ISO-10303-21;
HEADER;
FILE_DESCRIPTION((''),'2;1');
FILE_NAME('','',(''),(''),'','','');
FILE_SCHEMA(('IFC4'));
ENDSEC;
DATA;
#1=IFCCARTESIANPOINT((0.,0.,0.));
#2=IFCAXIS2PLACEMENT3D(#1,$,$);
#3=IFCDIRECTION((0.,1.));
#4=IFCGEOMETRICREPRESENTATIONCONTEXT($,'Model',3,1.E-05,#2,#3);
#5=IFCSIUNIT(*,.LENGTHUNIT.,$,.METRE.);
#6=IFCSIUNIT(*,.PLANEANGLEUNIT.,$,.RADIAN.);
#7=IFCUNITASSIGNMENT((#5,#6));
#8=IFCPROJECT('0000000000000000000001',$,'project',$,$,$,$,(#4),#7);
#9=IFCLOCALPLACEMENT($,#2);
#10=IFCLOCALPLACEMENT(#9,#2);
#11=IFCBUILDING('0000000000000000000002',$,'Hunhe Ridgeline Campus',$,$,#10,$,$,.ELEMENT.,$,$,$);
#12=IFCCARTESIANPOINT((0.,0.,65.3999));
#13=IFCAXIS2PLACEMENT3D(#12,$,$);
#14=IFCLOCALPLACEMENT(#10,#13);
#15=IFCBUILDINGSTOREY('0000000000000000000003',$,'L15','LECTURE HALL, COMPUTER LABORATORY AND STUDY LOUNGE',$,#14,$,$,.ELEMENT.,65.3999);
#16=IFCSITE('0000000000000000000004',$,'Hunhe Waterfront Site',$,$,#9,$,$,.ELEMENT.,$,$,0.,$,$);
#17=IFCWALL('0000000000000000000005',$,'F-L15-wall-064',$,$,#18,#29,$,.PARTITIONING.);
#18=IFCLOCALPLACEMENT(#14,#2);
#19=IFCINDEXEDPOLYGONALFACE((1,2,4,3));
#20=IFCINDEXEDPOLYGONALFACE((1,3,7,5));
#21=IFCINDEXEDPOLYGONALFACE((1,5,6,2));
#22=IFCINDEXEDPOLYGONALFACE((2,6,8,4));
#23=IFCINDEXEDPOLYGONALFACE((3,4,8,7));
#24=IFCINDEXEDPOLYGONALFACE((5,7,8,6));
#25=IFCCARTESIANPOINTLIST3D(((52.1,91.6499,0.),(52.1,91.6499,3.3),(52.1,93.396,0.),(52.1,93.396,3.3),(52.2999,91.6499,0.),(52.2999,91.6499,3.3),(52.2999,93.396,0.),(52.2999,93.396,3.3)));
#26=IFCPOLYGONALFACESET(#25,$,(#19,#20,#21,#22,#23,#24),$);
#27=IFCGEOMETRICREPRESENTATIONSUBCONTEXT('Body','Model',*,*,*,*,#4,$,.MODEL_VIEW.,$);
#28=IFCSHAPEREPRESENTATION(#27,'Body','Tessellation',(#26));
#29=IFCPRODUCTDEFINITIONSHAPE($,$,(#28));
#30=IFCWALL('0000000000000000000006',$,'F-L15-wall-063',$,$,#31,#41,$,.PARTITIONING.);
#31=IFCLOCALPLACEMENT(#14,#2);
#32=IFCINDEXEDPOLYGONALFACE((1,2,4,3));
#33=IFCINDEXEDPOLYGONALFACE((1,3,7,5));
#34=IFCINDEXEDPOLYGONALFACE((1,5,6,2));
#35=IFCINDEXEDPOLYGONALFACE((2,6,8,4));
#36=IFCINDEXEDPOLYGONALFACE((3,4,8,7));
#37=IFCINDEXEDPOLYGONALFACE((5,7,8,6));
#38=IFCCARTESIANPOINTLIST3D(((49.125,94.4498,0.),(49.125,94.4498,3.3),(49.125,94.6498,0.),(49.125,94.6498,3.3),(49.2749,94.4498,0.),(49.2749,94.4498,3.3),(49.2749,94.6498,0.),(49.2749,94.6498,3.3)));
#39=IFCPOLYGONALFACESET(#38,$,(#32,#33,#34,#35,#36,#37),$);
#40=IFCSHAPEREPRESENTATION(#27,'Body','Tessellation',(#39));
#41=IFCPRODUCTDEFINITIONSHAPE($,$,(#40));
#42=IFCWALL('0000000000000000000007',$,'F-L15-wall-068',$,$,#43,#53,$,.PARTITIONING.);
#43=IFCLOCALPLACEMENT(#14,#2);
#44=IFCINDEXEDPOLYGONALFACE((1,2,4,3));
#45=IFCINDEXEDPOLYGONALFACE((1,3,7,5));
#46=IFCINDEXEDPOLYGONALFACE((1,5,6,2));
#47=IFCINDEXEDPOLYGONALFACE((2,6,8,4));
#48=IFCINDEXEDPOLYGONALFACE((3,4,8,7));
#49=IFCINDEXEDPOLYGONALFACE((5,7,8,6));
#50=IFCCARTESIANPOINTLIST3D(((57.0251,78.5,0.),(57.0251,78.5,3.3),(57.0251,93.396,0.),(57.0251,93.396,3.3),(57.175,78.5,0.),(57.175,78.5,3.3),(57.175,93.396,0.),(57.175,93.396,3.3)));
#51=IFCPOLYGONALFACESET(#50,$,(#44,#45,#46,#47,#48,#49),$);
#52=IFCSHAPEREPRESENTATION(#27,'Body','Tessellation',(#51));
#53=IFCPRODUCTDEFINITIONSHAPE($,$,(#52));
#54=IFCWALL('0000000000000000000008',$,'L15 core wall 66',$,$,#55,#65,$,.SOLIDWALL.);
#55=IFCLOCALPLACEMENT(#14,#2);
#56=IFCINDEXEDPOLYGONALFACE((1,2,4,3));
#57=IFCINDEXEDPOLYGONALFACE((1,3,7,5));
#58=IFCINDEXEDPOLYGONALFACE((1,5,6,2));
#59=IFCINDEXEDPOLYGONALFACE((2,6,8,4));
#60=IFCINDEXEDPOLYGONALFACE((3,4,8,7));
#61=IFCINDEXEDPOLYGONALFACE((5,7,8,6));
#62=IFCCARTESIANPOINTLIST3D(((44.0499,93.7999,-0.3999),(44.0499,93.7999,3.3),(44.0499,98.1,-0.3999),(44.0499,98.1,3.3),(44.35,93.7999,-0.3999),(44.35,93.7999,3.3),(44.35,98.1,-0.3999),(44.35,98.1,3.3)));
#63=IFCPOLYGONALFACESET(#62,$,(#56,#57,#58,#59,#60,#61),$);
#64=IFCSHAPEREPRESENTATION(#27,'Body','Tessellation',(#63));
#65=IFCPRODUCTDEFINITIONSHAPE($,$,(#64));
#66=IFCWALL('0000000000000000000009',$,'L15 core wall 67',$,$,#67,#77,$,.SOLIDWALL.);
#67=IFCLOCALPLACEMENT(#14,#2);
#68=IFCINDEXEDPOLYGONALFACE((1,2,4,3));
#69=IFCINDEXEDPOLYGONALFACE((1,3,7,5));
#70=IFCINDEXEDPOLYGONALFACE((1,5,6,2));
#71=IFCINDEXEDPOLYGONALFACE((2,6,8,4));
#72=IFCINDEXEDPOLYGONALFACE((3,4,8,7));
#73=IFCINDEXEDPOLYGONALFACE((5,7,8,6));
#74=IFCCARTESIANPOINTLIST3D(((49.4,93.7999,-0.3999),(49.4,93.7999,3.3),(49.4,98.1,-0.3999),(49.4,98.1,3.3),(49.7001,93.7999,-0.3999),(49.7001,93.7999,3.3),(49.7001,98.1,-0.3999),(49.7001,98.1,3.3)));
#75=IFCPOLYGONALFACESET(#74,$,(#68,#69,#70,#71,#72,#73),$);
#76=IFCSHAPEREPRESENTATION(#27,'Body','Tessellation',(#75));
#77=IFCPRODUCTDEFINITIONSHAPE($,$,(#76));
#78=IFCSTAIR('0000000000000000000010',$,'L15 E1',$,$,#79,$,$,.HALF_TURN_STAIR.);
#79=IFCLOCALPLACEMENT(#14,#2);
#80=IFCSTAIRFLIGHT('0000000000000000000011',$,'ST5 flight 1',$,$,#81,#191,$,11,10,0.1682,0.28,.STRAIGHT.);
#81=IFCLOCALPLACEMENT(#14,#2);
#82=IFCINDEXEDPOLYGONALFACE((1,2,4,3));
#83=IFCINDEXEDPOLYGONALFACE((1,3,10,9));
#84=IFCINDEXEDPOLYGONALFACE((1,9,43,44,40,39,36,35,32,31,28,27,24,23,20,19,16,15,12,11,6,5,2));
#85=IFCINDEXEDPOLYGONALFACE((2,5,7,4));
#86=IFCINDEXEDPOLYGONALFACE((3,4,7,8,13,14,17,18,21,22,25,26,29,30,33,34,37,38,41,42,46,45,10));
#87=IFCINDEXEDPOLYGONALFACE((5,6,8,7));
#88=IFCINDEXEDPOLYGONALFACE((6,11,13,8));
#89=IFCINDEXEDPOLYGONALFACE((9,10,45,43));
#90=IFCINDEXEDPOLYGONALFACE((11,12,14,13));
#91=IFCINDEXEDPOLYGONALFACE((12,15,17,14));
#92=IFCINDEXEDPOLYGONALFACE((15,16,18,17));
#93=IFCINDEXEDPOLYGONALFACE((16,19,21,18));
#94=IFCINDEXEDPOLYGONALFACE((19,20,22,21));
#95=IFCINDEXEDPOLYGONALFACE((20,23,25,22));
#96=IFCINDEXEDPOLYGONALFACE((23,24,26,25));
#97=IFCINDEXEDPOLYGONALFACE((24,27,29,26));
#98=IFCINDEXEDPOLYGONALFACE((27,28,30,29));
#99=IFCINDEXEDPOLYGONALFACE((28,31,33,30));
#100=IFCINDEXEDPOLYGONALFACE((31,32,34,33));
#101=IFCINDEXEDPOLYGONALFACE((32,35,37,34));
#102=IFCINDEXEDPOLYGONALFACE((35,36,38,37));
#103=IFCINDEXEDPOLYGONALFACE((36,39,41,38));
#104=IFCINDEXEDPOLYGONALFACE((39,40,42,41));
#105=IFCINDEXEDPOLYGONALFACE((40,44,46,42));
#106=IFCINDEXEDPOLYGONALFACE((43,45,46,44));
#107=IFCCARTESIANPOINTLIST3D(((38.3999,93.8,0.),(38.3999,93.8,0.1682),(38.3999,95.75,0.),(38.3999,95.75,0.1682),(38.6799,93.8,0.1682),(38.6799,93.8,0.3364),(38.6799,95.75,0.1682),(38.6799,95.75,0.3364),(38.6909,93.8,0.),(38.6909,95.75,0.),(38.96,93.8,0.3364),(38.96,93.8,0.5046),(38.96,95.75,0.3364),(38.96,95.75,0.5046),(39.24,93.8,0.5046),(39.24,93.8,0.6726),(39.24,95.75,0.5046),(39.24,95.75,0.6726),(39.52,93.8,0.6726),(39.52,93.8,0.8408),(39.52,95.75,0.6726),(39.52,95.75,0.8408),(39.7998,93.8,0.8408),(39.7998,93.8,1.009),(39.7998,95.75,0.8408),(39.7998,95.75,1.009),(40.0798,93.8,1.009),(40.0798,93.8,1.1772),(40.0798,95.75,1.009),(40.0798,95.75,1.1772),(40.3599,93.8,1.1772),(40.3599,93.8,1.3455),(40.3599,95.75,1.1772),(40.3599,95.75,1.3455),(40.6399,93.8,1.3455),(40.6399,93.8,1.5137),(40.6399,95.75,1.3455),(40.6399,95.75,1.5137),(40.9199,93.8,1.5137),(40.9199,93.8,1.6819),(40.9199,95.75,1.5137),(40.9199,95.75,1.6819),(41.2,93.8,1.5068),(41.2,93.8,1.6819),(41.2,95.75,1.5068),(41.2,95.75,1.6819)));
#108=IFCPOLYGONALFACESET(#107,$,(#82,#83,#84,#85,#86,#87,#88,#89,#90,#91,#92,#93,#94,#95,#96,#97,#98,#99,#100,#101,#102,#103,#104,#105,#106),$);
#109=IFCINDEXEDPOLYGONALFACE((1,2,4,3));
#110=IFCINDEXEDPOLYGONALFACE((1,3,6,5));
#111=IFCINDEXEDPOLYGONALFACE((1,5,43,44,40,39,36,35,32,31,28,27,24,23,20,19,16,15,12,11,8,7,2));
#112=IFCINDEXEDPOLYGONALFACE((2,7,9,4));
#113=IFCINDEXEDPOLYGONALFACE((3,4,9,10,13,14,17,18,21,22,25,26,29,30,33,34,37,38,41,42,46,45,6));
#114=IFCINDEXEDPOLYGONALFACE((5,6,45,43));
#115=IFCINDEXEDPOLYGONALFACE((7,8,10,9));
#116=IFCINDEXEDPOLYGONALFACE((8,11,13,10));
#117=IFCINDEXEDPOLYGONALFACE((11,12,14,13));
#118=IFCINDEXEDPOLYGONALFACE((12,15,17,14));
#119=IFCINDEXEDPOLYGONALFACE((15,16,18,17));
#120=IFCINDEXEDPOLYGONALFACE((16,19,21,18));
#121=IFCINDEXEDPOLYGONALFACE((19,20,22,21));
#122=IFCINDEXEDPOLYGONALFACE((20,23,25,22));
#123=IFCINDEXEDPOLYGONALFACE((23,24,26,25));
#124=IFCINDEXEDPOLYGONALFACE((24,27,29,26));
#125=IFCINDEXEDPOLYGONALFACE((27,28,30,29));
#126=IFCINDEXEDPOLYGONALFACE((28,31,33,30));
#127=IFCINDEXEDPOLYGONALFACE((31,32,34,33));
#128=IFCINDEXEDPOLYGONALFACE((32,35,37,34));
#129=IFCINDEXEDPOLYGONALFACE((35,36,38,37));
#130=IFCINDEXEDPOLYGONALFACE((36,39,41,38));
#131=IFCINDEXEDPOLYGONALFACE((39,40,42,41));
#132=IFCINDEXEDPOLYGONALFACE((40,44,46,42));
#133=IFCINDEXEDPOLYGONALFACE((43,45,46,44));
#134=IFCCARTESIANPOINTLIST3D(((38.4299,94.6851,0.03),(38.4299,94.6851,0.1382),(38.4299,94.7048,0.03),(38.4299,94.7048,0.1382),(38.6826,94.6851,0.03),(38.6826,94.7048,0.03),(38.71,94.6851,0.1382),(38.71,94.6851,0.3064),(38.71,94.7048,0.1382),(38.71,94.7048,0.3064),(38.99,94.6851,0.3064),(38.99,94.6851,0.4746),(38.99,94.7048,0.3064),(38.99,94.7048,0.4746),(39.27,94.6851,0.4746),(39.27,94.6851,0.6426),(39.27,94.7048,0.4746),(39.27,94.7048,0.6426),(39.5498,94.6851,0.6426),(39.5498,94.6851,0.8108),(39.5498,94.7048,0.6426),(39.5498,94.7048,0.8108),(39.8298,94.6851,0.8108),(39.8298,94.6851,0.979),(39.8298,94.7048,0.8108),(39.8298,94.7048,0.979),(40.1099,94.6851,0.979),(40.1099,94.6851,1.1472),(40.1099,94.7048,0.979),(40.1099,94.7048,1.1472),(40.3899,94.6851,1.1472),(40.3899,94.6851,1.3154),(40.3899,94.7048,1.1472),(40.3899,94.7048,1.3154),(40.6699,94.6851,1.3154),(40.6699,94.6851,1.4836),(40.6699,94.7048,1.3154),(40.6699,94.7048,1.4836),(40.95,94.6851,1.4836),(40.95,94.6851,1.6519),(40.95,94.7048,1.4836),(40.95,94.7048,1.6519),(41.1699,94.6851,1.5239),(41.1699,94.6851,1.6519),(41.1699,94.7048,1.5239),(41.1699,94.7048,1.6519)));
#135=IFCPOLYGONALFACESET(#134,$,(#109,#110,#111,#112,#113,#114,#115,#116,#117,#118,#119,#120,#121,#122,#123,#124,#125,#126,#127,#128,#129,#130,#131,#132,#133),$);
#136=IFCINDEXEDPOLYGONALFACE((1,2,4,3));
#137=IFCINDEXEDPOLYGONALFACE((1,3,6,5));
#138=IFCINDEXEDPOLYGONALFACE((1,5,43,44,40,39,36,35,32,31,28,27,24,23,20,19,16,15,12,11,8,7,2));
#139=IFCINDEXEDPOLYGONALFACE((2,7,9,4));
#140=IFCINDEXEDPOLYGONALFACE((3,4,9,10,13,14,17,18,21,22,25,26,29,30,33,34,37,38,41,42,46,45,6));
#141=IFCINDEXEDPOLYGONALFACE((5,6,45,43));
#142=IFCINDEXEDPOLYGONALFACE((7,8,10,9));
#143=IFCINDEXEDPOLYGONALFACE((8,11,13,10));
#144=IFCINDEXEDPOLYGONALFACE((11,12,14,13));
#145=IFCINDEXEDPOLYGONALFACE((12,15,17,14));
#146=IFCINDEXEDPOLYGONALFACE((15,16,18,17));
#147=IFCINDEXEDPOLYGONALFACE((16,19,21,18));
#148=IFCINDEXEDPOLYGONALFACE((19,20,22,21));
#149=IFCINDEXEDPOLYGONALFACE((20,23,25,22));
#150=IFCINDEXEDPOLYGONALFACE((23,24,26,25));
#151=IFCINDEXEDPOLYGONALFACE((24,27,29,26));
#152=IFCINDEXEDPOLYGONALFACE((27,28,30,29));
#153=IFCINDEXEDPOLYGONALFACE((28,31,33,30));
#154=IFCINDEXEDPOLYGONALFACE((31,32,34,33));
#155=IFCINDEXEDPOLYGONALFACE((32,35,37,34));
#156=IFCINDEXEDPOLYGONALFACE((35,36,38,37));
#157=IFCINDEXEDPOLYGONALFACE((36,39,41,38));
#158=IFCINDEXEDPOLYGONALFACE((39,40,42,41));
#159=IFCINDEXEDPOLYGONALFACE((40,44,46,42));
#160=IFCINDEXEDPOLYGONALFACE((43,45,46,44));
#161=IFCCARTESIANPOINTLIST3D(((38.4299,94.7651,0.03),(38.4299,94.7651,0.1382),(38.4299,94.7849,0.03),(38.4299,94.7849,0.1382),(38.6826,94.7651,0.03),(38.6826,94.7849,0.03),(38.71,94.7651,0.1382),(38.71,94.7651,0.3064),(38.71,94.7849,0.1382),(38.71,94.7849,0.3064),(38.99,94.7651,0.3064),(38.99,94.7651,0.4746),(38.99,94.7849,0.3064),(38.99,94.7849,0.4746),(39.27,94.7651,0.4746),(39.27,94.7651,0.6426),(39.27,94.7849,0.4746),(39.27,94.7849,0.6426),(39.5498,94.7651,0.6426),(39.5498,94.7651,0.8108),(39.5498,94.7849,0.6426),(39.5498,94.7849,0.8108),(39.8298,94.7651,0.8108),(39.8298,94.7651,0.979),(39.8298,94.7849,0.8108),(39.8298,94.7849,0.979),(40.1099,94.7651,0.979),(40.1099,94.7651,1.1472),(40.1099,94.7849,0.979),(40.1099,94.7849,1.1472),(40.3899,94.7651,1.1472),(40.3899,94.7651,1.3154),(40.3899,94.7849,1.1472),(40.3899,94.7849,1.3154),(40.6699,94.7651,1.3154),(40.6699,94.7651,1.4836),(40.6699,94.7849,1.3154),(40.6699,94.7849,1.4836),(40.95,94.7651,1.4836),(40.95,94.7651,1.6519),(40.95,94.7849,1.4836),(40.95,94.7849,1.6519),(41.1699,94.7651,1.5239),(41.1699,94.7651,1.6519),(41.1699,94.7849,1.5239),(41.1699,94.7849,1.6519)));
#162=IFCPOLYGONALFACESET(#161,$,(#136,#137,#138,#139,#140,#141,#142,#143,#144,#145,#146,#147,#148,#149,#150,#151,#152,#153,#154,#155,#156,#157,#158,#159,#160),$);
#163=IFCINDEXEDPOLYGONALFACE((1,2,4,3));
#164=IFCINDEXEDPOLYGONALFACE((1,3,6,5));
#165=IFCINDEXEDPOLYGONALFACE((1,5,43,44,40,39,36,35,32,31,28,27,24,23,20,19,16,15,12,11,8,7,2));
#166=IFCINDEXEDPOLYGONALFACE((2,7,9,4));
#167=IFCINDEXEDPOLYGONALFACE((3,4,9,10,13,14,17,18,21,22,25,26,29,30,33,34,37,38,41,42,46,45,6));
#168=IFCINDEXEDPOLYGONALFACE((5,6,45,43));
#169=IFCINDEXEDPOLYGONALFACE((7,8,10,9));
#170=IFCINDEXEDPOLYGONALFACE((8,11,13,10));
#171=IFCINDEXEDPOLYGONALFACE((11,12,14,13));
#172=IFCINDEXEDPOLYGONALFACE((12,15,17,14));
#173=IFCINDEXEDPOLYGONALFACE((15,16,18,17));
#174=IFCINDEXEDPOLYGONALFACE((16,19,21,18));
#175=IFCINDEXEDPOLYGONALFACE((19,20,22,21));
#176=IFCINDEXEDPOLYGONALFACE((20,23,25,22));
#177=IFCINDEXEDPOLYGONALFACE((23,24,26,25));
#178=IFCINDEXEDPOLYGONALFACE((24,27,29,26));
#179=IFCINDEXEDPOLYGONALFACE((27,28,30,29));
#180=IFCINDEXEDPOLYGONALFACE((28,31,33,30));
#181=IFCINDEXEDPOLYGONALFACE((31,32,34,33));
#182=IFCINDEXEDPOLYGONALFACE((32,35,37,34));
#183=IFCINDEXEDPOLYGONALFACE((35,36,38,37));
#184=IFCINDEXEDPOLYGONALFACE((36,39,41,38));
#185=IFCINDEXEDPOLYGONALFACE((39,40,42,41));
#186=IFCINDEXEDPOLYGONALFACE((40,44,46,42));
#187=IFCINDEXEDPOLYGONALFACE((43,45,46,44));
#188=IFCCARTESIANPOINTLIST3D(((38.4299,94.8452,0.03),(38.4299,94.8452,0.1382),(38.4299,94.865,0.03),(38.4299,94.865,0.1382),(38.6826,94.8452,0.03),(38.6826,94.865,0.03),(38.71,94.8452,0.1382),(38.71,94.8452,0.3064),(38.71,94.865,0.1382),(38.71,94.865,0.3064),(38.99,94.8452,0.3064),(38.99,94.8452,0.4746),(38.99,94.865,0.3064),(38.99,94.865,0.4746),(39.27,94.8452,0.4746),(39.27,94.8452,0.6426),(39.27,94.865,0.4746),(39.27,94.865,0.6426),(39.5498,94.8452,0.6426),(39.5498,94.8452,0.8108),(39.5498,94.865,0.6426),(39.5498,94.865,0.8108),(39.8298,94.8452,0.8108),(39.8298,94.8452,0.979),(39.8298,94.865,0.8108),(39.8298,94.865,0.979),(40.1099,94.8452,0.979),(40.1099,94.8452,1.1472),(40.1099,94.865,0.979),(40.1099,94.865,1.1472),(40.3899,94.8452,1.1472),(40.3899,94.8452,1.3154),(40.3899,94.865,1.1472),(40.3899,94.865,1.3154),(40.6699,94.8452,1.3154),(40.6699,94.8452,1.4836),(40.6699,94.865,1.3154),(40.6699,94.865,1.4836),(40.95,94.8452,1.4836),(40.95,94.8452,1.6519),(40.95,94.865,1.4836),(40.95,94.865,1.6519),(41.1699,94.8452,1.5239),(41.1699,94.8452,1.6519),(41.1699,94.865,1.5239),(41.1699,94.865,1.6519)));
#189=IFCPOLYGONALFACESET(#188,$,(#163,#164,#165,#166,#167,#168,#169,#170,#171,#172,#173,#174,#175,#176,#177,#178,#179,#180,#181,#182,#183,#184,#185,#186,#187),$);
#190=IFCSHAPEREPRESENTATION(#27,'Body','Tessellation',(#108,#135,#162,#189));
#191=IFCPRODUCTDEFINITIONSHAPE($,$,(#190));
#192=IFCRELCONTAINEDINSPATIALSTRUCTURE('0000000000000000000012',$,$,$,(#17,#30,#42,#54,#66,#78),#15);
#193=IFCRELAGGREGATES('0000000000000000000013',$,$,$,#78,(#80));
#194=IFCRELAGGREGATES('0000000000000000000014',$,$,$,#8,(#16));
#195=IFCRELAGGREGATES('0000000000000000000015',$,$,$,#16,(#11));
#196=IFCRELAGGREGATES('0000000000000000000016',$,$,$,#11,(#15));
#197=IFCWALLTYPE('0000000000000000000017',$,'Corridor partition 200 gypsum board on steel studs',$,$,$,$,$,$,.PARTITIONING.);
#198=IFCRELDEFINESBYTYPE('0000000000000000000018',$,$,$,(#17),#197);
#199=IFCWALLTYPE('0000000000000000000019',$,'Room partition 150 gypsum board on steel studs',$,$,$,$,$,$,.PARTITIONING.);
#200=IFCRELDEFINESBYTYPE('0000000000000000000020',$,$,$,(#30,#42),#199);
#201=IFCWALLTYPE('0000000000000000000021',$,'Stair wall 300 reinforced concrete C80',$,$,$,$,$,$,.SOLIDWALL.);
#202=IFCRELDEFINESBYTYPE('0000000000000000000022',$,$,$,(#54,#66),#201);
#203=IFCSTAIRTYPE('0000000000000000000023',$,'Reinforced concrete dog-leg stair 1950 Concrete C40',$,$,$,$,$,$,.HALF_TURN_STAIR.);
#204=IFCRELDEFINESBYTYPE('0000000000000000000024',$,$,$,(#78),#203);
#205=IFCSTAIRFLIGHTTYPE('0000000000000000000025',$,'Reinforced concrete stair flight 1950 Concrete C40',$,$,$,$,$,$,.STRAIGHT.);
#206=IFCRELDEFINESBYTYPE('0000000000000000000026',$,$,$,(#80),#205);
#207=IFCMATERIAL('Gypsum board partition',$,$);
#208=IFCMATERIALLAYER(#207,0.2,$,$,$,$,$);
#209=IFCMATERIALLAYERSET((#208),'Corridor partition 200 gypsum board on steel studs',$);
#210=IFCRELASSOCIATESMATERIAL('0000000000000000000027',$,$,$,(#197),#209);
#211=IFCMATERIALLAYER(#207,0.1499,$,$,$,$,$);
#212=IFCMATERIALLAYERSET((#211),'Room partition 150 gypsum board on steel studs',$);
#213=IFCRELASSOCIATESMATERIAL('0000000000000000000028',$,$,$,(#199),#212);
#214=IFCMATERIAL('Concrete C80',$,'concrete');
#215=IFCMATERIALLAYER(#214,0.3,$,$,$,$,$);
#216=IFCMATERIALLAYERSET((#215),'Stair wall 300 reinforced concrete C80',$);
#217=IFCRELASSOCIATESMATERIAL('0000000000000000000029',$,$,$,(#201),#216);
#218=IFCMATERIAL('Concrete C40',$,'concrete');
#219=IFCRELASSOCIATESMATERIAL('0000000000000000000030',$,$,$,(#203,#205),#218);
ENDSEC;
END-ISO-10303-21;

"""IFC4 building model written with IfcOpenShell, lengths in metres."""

from ifc_helpers import new_model, si_unit, direction, frame, frame_2d, origin, place, context, subcontext, project, spatial, polyline, rectangle, outline, extrude, material, layer, layer_set, type_object, element, aggregate, save


model = new_model("IFC4")

# Units and contexts
model_context = context("Model", 3, precision=1e-05, world=origin(), true_north=direction((0.0, 1.0)))
body_context = subcontext(model_context, "Body", "Model", "MODEL_VIEW")
ifc_project = project(units=[si_unit("LENGTHUNIT", "METRE"), si_unit("PLANEANGLEUNIT", "RADIAN")], contexts=[model_context])

# Site, building, storey
site_placement = place(None, origin())
site = spatial("IfcSite", under=ifc_project, at=site_placement, Name="Hunhe Waterfront Site", CompositionType="ELEMENT", RefElevation=0.0)
building_placement = place(site_placement, origin())
building = spatial("IfcBuilding", under=site, at=building_placement, Name="Hunhe Ridgeline Campus", CompositionType="ELEMENT")
storey_placement = place(building_placement, frame((0.0, 0.0, 65.3999)))
storey = spatial("IfcBuildingStorey", under=building, at=storey_placement, Name="L15", Description="LECTURE HALL, COMPUTER LABORATORY AND STUDY LOUNGE", CompositionType="ELEMENT", Elevation=65.3999)

# Shared definitions
ifc_material_1 = material(Name="Gypsum board partition")
ifc_layer_1 = layer(ifc_material_1, 0.2)
ifc_layer_set_1 = layer_set([ifc_layer_1], Name="Corridor partition 200 gypsum board on steel studs")
wall_type_1 = type_object("IfcWallType", Name="Corridor partition 200 gypsum board on steel studs", PredefinedType="PARTITIONING", material=ifc_layer_set_1)

# Walls
wall_1_placement = place(storey_placement, frame((52.2, 93.396, 0.0), z_axis=(0.0, 0.0, 1.0), x_axis=(0.0, -1.0, 0.0)))
element("IfcWall", 1, at=wall_1_placement, inside=storey, type_object=wall_type_1, Name="F-L15-wall-064", PredefinedType="PARTITIONING", context=body_context, shape_type="SweptSolid", body=[
    extrude(rectangle(XDim=1.7461, YDim=0.2, at=frame_2d((0.873, 0.0))), origin(), (0.0, 0.0, 1.0), 3.3),
])
ifc_layer_2 = layer(ifc_material_1, 0.1499)
ifc_layer_set_2 = layer_set([ifc_layer_2], Name="Room partition 150 gypsum board on steel studs")
wall_type_2 = type_object("IfcWallType", Name="Room partition 150 gypsum board on steel studs", PredefinedType="PARTITIONING", material=ifc_layer_set_2)
wall_2_placement = place(storey_placement, frame((49.2, 94.6499, 0.0), z_axis=(0.0, 0.0, 1.0), x_axis=(0.0, -1.0, 0.0)))
element("IfcWall", 2, at=wall_2_placement, inside=storey, type_object=wall_type_2, Name="F-L15-wall-063", PredefinedType="PARTITIONING", context=body_context, shape_type="SweptSolid", body=[
    extrude(rectangle(XDim=0.2, YDim=0.1499, at=frame_2d((0.1001, 0.0))), origin(), (0.0, 0.0, 1.0), 3.3),
])
wall_3_placement = place(storey_placement, frame((57.1001, 93.396, 0.0), z_axis=(0.0, 0.0, 1.0), x_axis=(0.0, -1.0, 0.0)))
element("IfcWall", 3, at=wall_3_placement, inside=storey, type_object=wall_type_2, Name="F-L15-wall-068", PredefinedType="PARTITIONING", context=body_context, shape_type="SweptSolid", body=[
    extrude(rectangle(XDim=14.896, YDim=0.1499, at=frame_2d((7.448, 0.0))), origin(), (0.0, 0.0, 1.0), 3.3),
])

# Shared definitions
ifc_material_2 = material(Name="Concrete C80", Category="concrete")
ifc_layer_3 = layer(ifc_material_2, 0.3)
ifc_layer_set_3 = layer_set([ifc_layer_3], Name="Stair wall 300 reinforced concrete C80")
wall_type_3 = type_object("IfcWallType", Name="Stair wall 300 reinforced concrete C80", PredefinedType="SOLIDWALL", material=ifc_layer_set_3)

# Walls
for number, where, z_axis, x_axis, name in (
    (4, (44.2, 93.8, -0.3999), (0.0, 0.0, 1.0), (0.0, 1.0, 0.0), "L15 core wall 66"),
    (5, (49.55, 93.8, -0.3999), (0.0, 0.0, 1.0), (0.0, 1.0, 0.0), "L15 core wall 67"),
):
    element("IfcWall", number, at=place(storey_placement, frame(where, z_axis=z_axis, x_axis=x_axis)), inside=storey, type_object=wall_type_3, Name=name, PredefinedType="SOLIDWALL", context=body_context, shape_type="SweptSolid", body=[
        extrude(rectangle(XDim=4.3, YDim=0.3, at=frame_2d((2.1499, 0.0))), origin(), (0.0, 0.0, 1.0), 3.7),
    ])

# Stair, stair flight
ifc_material_3 = material(Name="Concrete C40", Category="concrete")
stair_type = type_object("IfcStairType", Name="Reinforced concrete dog-leg stair 1950 Concrete C40", PredefinedType="HALF_TURN_STAIR", material=ifc_material_3)
stair_1_placement = place(storey_placement, origin())
stair_1 = element("IfcStair", 6, at=stair_1_placement, inside=storey, type_object=stair_type, Name="L15 E1", PredefinedType="HALF_TURN_STAIR")
stair_flight_type = type_object("IfcStairFlightType", Name="Reinforced concrete stair flight 1950 Concrete C40", PredefinedType="STRAIGHT", material=ifc_material_3)
stair_flight_1_placement = place(storey_placement, frame((38.3999, 94.7749, 0.0), z_axis=(0.0, 0.0, 1.0), x_axis=(1.0, 0.0, 0.0)))
stair_flight_1 = element("IfcStairFlight", 7, at=stair_flight_1_placement, type_object=stair_flight_type, Name="ST5 flight 1", NumberOfRisers=11, NumberOfTreads=10, PredefinedType="STRAIGHT", RiserHeight=0.1682, TreadLength=0.28, context=body_context, shape_type="SweptSolid", body=[
    extrude(outline(polyline([(0.0, 0.0), (0.0, 0.1682), (0.28, 0.1682), (0.28, 0.3364), (0.5601, 0.3364), (0.5601, 0.5046), (0.8401, 0.5046), (0.8401, 0.6726), (1.1201, 0.6726), (1.1201, 0.8408), (1.3999, 0.8408), (1.3999, 1.009), (1.6799, 1.009), (1.6799, 1.1772), (1.96, 1.1772), (1.96, 1.3455), (2.24, 1.3455), (2.24, 1.5137), (2.52, 1.5137), (2.52, 1.6819), (2.8, 1.6819), (2.8, 1.8501), (2.8, 1.5068), (0.291, 0.0), (0.0, 0.0)])), frame((0.0, 0.9751, 0.0), z_axis=(0.0, -1.0, 0.0), x_axis=(1.0, 0.0, 0.0)), (0.0, 0.0, 1.0), 1.95),
    extrude(outline(polyline([(0.03, 0.03), (0.03, 0.1382), (0.3101, 0.1382), (0.3101, 0.3064), (0.5901, 0.3064), (0.5901, 0.4746), (0.8701, 0.4746), (0.8701, 0.6426), (1.1499, 0.6426), (1.1499, 0.8108), (1.4299, 0.8108), (1.4299, 0.979), (1.71, 0.979), (1.71, 1.1472), (1.99, 1.1472), (1.99, 1.3154), (2.27, 1.3154), (2.27, 1.4836), (2.55, 1.4836), (2.55, 1.6519), (2.77, 1.6519), (2.77, 1.5239), (0.2827, 0.03), (0.03, 0.03)])), frame((0.0, -0.0701, 0.0), z_axis=(0.0, -1.0, 0.0), x_axis=(1.0, 0.0, 0.0)), (0.0, 0.0, 1.0), 0.0198),
    extrude(outline(polyline([(0.03, 0.03), (0.03, 0.1382), (0.3101, 0.1382), (0.3101, 0.3064), (0.5901, 0.3064), (0.5901, 0.4746), (0.8701, 0.4746), (0.8701, 0.6426), (1.1499, 0.6426), (1.1499, 0.8108), (1.4299, 0.8108), (1.4299, 0.979), (1.71, 0.979), (1.71, 1.1472), (1.99, 1.1472), (1.99, 1.3154), (2.27, 1.3154), (2.27, 1.4836), (2.55, 1.4836), (2.55, 1.6519), (2.77, 1.6519), (2.77, 1.5239), (0.2827, 0.03), (0.03, 0.03)])), frame((0.0, 0.01, 0.0), z_axis=(0.0, -1.0, 0.0), x_axis=(1.0, 0.0, 0.0)), (0.0, 0.0, 1.0), 0.0198),
    extrude(outline(polyline([(0.03, 0.03), (0.03, 0.1382), (0.3101, 0.1382), (0.3101, 0.3064), (0.5901, 0.3064), (0.5901, 0.4746), (0.8701, 0.4746), (0.8701, 0.6426), (1.1499, 0.6426), (1.1499, 0.8108), (1.4299, 0.8108), (1.4299, 0.979), (1.71, 0.979), (1.71, 1.1472), (1.99, 1.1472), (1.99, 1.3154), (2.27, 1.3154), (2.27, 1.4836), (2.55, 1.4836), (2.55, 1.6519), (2.77, 1.6519), (2.77, 1.5239), (0.2827, 0.03), (0.03, 0.03)])), frame((0.0, 0.0901, 0.0), z_axis=(0.0, -1.0, 0.0), x_axis=(1.0, 0.0, 0.0)), (0.0, 0.0, 1.0), 0.0198),
])
aggregate(stair_1, [stair_flight_1])

save(model, "model.ifc")
